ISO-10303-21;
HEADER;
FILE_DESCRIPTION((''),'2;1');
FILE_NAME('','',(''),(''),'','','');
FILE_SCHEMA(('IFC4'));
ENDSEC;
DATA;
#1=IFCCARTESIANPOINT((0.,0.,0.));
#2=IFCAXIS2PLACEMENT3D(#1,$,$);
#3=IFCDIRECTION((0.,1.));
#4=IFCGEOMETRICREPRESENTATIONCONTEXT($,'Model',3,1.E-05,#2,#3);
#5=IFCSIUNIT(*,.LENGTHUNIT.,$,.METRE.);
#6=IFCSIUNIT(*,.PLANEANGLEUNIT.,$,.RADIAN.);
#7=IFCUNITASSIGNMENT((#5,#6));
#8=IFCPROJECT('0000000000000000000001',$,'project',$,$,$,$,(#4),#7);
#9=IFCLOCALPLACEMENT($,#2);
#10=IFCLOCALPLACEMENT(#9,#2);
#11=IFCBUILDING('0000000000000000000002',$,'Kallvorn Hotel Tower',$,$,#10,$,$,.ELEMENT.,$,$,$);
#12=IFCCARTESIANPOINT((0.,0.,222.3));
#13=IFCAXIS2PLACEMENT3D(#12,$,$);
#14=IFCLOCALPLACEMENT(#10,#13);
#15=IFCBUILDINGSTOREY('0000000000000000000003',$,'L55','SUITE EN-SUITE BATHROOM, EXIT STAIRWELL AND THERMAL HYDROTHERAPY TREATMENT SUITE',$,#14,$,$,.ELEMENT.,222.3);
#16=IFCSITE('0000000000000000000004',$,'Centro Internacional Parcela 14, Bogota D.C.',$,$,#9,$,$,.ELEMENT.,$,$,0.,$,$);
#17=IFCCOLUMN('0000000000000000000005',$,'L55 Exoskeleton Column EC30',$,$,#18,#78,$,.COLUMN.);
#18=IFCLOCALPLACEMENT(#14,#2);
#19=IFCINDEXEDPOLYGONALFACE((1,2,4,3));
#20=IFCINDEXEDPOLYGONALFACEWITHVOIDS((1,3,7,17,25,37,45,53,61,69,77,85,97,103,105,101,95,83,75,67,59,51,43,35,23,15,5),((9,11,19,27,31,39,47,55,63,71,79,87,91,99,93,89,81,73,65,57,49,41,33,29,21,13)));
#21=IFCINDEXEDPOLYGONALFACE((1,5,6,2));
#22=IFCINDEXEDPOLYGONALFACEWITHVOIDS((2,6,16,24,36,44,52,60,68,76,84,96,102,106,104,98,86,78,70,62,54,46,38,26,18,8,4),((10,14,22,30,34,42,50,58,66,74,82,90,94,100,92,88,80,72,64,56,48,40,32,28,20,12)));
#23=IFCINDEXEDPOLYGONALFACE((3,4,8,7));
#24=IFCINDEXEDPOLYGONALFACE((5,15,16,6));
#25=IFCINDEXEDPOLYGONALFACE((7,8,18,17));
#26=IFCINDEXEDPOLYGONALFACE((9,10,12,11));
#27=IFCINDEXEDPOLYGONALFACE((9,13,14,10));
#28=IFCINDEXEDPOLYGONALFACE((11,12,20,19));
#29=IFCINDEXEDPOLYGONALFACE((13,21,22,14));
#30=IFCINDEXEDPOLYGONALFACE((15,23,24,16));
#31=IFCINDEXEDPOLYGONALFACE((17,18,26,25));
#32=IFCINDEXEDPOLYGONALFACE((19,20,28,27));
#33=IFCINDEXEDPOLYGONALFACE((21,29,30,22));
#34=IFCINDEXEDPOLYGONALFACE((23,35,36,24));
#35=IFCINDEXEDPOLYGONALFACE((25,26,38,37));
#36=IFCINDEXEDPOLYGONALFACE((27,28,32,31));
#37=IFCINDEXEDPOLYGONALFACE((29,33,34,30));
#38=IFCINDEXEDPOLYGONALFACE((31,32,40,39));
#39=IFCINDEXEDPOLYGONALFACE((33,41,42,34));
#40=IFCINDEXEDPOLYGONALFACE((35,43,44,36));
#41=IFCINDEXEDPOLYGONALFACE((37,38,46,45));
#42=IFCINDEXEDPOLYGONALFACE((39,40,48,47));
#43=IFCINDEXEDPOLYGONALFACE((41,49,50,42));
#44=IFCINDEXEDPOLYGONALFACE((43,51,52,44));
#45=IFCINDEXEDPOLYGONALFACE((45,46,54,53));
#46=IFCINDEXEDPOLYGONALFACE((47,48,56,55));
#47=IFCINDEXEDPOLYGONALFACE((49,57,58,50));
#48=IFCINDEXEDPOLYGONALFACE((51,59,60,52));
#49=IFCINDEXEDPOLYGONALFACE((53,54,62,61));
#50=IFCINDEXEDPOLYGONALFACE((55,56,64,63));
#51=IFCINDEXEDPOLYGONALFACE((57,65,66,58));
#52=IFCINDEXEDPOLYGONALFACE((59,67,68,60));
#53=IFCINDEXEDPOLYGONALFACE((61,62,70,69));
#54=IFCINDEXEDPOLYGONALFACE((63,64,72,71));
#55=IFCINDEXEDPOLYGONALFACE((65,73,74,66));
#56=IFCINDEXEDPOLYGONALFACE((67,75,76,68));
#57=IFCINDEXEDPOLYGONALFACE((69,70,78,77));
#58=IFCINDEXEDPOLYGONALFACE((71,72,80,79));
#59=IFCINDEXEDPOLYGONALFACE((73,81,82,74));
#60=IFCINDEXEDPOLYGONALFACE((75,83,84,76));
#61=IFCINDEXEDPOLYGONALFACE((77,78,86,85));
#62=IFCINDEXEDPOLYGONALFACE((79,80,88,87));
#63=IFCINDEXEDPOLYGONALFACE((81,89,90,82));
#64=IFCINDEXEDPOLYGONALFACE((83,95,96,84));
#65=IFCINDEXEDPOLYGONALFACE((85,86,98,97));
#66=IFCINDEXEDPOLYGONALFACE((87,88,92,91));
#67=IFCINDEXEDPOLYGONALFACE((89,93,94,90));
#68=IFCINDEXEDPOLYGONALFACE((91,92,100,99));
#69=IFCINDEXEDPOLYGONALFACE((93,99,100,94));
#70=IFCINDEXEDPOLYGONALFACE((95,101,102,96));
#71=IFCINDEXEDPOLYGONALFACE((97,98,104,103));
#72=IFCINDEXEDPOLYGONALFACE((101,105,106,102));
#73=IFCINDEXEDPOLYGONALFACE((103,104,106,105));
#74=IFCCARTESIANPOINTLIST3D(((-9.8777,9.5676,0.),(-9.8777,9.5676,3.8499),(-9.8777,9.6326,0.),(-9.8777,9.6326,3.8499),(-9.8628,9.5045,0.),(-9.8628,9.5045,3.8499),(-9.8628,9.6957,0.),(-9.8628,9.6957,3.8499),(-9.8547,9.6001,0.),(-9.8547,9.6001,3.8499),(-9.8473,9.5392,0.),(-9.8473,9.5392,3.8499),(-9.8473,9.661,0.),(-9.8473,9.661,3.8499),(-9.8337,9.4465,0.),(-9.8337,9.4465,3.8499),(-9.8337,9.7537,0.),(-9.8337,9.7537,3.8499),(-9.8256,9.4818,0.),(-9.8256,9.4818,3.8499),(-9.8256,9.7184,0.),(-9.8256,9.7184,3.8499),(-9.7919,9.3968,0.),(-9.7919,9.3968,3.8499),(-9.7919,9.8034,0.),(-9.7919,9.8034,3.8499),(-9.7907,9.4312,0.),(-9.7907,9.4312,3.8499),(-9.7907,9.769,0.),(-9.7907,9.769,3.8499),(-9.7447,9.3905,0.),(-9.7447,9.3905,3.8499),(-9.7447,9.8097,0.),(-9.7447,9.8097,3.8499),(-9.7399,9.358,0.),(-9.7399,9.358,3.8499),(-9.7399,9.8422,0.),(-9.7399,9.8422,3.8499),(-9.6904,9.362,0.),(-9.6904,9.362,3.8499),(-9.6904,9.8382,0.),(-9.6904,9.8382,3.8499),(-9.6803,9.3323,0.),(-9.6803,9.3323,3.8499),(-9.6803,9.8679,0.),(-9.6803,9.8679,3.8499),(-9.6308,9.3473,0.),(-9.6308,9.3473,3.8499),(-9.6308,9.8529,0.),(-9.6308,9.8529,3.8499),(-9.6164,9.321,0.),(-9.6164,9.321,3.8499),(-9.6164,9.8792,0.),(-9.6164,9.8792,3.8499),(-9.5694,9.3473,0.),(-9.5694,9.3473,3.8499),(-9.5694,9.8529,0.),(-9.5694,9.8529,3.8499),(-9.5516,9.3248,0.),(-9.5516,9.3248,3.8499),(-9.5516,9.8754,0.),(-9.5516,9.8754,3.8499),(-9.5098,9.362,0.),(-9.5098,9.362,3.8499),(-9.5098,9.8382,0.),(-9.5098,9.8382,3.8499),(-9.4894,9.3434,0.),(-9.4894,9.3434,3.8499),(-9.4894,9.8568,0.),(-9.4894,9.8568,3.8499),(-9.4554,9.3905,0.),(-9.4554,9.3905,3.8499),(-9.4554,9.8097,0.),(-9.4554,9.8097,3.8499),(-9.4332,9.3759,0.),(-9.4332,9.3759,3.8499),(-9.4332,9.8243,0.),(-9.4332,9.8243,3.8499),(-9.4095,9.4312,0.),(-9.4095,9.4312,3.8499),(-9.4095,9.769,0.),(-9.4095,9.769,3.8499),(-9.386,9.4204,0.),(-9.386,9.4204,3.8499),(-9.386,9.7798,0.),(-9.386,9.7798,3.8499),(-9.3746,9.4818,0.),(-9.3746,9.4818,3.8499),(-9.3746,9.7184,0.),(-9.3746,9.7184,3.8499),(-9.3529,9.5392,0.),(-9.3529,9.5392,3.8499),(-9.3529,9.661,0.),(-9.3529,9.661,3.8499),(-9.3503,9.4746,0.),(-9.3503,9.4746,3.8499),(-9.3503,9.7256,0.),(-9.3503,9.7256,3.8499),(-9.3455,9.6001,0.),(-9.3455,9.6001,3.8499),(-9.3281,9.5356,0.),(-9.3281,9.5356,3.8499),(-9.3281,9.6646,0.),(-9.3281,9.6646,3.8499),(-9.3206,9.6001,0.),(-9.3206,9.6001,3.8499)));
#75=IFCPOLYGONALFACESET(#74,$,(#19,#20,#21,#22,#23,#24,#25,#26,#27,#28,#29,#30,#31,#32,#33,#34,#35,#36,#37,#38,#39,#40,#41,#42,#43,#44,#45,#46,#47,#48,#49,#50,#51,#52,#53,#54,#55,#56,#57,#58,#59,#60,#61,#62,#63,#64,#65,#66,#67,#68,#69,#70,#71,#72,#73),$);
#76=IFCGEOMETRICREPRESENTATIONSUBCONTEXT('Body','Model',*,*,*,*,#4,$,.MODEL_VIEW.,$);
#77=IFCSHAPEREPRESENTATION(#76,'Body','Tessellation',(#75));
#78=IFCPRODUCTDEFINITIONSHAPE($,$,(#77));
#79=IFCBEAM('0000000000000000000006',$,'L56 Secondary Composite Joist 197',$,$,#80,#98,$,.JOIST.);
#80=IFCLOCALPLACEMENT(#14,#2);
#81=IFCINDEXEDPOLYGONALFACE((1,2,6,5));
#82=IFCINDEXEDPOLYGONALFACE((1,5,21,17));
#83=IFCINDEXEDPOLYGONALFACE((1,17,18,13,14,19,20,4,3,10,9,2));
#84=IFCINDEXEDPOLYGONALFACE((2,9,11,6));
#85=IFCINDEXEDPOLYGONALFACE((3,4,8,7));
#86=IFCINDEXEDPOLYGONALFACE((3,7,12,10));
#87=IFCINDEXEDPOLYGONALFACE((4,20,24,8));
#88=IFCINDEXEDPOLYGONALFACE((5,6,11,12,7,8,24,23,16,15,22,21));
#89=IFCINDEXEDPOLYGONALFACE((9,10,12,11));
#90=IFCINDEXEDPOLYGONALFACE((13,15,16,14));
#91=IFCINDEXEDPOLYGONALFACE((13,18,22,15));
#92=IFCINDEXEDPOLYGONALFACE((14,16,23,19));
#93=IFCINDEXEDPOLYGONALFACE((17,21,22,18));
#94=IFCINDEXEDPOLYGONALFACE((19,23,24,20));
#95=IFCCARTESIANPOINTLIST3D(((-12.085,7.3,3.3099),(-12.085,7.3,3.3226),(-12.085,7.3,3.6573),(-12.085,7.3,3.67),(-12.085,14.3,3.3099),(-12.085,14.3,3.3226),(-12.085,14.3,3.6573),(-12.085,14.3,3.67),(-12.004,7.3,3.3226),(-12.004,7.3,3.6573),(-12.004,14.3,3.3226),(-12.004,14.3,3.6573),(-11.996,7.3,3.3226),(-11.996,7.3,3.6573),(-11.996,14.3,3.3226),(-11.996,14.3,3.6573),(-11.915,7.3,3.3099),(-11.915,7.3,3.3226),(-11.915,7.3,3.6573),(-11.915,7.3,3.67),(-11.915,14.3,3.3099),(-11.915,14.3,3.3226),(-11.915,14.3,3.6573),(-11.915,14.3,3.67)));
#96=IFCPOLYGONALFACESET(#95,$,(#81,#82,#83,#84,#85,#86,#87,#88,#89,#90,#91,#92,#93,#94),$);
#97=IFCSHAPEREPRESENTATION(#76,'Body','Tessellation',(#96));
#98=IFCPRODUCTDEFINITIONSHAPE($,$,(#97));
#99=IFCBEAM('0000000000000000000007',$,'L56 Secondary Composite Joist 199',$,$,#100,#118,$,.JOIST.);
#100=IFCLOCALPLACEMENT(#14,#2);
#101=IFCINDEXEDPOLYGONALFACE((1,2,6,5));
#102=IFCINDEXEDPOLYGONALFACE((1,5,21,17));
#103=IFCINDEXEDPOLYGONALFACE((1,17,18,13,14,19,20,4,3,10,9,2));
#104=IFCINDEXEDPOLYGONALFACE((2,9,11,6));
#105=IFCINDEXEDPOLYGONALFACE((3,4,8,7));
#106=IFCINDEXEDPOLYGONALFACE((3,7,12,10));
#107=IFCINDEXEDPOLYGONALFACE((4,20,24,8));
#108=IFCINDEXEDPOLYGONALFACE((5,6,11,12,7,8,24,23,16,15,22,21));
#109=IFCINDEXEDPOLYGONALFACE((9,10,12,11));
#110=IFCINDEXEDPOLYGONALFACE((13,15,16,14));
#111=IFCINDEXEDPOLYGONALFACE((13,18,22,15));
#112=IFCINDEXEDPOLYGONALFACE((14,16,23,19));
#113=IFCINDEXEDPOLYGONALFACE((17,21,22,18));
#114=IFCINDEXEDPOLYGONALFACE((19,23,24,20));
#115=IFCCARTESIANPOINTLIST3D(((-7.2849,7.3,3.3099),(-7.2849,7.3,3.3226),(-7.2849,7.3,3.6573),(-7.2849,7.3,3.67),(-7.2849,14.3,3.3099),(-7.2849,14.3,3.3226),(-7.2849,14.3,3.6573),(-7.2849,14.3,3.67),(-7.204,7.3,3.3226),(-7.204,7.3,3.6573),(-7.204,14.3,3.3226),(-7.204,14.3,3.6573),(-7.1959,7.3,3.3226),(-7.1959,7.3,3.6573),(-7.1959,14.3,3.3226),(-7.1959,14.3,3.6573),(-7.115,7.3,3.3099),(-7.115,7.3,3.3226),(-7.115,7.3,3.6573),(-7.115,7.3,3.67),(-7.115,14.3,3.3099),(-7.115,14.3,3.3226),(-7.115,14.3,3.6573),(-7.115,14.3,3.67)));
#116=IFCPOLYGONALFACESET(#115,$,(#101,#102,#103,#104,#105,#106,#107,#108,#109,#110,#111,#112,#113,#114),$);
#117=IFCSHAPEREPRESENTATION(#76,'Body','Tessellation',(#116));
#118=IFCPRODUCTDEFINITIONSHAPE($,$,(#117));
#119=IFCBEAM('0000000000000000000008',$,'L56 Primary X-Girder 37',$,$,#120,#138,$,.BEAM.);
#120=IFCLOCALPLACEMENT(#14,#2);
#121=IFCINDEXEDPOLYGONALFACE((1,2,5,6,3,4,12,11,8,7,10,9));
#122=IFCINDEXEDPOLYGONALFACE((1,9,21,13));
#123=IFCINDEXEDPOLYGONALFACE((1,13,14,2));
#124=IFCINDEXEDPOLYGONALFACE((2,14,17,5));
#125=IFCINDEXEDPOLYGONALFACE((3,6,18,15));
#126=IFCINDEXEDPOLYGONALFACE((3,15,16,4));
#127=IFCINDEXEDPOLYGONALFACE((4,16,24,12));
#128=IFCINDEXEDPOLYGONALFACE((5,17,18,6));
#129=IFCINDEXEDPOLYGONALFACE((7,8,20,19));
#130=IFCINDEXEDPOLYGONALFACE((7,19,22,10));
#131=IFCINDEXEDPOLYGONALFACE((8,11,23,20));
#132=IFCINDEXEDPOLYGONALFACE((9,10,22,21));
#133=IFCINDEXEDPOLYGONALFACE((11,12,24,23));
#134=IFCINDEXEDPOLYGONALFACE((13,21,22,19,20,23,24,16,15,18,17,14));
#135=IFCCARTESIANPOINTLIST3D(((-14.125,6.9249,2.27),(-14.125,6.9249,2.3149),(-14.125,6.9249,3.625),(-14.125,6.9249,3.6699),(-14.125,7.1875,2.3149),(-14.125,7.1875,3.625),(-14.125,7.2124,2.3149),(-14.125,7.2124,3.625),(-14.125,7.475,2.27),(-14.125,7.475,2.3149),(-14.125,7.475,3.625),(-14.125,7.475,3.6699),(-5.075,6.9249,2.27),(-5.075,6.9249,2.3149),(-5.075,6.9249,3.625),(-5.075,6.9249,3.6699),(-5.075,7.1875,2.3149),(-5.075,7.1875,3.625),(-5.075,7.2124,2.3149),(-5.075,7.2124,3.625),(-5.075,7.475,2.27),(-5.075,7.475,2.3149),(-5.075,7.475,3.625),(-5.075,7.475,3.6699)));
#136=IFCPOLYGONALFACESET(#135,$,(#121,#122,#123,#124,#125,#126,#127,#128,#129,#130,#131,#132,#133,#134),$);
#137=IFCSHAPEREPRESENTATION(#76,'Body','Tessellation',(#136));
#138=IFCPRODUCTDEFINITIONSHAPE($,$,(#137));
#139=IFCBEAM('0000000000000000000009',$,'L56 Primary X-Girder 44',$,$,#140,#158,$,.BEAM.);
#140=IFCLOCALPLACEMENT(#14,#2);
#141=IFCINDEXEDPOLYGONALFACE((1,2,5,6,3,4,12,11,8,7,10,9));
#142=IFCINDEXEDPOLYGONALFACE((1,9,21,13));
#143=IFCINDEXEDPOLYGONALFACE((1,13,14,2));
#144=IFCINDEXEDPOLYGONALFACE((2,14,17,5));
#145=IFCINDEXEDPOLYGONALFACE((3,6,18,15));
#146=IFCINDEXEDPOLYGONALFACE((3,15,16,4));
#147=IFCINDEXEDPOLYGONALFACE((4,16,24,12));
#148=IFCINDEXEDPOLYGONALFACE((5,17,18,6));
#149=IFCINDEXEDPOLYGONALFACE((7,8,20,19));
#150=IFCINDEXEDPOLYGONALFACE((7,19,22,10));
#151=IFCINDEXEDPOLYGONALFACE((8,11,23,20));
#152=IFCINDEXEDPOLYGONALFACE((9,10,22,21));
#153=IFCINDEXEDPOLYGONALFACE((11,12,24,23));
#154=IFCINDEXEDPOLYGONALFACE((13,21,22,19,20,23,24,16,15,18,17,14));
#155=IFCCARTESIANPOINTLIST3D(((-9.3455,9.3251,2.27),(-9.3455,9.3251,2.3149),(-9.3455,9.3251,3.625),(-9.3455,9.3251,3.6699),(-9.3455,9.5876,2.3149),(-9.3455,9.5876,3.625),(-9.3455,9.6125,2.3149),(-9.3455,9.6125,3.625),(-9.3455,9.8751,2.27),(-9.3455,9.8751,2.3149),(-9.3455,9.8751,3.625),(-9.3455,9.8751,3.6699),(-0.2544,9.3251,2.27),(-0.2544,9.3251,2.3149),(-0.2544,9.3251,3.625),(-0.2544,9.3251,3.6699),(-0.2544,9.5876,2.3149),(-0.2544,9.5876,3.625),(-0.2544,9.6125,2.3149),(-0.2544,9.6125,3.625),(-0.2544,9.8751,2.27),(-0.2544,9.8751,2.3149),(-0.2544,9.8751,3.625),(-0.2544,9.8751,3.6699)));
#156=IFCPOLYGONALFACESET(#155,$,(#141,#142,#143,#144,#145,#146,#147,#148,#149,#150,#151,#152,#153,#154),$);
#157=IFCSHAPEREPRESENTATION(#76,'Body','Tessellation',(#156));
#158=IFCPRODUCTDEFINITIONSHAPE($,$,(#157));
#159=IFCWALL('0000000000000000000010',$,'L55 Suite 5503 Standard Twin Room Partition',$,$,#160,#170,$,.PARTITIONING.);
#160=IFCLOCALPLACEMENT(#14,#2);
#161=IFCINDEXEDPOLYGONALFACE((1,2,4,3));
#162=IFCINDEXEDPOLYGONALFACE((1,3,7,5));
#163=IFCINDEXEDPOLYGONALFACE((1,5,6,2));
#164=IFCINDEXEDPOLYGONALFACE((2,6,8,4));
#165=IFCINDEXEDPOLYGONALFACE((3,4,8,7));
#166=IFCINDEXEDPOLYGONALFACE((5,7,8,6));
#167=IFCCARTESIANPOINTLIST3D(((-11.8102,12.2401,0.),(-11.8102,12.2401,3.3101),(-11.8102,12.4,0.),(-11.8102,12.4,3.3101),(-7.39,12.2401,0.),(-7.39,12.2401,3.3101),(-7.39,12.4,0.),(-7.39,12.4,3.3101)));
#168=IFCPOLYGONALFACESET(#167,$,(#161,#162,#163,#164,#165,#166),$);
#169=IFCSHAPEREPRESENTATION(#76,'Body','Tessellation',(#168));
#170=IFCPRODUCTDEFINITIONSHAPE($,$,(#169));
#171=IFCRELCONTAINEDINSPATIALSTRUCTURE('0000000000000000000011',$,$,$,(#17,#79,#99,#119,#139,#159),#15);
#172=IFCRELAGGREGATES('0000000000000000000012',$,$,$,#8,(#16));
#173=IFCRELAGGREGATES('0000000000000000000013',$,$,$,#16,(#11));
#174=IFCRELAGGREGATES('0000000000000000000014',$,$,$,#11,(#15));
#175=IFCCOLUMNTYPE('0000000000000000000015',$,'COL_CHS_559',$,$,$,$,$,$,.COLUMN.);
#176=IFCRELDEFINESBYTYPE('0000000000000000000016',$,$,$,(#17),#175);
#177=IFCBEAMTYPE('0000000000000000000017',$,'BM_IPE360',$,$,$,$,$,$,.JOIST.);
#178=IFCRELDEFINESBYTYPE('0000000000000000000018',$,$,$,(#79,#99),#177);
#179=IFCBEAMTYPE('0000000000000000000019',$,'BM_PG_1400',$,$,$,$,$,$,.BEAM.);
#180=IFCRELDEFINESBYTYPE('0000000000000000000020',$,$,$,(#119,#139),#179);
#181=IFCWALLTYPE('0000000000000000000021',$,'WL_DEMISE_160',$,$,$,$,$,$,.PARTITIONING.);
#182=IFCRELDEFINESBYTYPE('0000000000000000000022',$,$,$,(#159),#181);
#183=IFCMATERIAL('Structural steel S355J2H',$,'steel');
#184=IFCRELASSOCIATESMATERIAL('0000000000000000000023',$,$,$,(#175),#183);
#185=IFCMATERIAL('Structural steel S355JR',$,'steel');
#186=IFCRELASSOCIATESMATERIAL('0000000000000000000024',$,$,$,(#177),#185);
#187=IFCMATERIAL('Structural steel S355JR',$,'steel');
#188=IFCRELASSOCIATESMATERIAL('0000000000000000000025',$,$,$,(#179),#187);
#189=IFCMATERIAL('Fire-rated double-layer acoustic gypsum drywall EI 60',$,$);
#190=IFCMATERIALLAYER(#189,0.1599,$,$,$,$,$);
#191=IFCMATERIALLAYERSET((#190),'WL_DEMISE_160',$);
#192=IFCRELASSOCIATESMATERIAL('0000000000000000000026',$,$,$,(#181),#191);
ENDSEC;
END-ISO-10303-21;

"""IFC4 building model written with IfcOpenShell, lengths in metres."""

from ifc_helpers import new_model, si_unit, direction, frame, frame_2d, origin, origin_2d, place, context, subcontext, project, spatial, rectangle, hollow_circle, i_section, extrude, material, layer, layer_set, material_profile, profile_set, type_object, element, save


model = new_model("IFC4")

# Units and contexts
model_context = context("Model", 3, precision=1e-05, world=origin(), true_north=direction((0.0, 1.0)))
body_context = subcontext(model_context, "Body", "Model", "MODEL_VIEW")
ifc_project = project(units=[si_unit("LENGTHUNIT", "METRE"), si_unit("PLANEANGLEUNIT", "RADIAN")], contexts=[model_context])

# Site, building, storey
site_placement = place(None, origin())
site = spatial("IfcSite", under=ifc_project, at=site_placement, Name="Centro Internacional Parcela 14, Bogota D.C.", CompositionType="ELEMENT", RefElevation=0.0)
building_placement = place(site_placement, origin())
building = spatial("IfcBuilding", under=site, at=building_placement, Name="Kallvorn Hotel Tower", CompositionType="ELEMENT")
storey_placement = place(building_placement, frame((0.0, 0.0, 222.3)))
storey = spatial("IfcBuildingStorey", under=building, at=storey_placement, Name="L55", Description="SUITE EN-SUITE BATHROOM, EXIT STAIRWELL AND THERMAL HYDROTHERAPY TREATMENT SUITE", CompositionType="ELEMENT", Elevation=222.3)

# Column
ifc_material_1 = material(Name="Structural steel S355J2H", Category="steel")
ifc_material_profile_1 = material_profile(ifc_material_1, hollow_circle(Radius=0.2795, WallThickness=0.0249, at=origin_2d()), Name="CHS 559x25")
ifc_profile_set_1 = profile_set([ifc_material_profile_1], Name="Structural steel S355J2H")
column_type = type_object("IfcColumnType", Name="COL_CHS_559", PredefinedType="COLUMN", material=ifc_profile_set_1)
column_placement = place(storey_placement, frame((-9.6001, 9.6001, 0.0), z_axis=(0.0, 0.0, 1.0), x_axis=(1.0, 0.0, 0.0)))
element("IfcColumn", 1, at=column_placement, inside=storey, type_object=column_type, Name="L55 Exoskeleton Column EC30", PredefinedType="COLUMN", context=body_context, shape_type="SweptSolid", body=[
    extrude(hollow_circle(Radius=0.2795, WallThickness=0.0249, at=origin_2d()), origin(), (0.0, 0.0, 1.0), 3.8499),
])

# Beams
ifc_material_2 = material(Name="Structural steel S355JR", Category="steel")
ifc_material_profile_2 = material_profile(ifc_material_2, i_section(OverallWidth=0.1699, OverallDepth=0.3601, WebThickness=0.0081, FlangeThickness=0.0127, at=origin_2d()), Name="IPE 360")
ifc_profile_set_2 = profile_set([ifc_material_profile_2], Name="Structural steel S355JR")
beam_type_1 = type_object("IfcBeamType", Name="BM_IPE360", PredefinedType="JOIST", material=ifc_profile_set_2)
for number, where, z_axis, x_axis, name in (
    (2, (-12.0, 7.3, 3.49), (0.0, 1.0, 0.0), (-1.0, 0.0, 0.0), "L56 Secondary Composite Joist 197"),
    (3, (-7.2, 7.3, 3.49), (0.0, 1.0, 0.0), (-1.0, 0.0, 0.0), "L56 Secondary Composite Joist 199"),
):
    element("IfcBeam", number, at=place(storey_placement, frame(where, z_axis=z_axis, x_axis=x_axis)), inside=storey, type_object=beam_type_1, Name=name, PredefinedType="JOIST", context=body_context, shape_type="SweptSolid", body=[
        extrude(i_section(OverallWidth=0.1699, OverallDepth=0.3601, WebThickness=0.0081, FlangeThickness=0.0127, at=origin_2d()), origin(), (0.0, 0.0, 1.0), 7.0),
    ])
ifc_material_3 = material(Name="Structural steel S355JR", Category="steel")
ifc_material_profile_3 = material_profile(ifc_material_3, i_section(OverallWidth=0.55, OverallDepth=1.3999, WebThickness=0.0249, FlangeThickness=0.0449, at=origin_2d()), Name="PG 1400x550x25x45")
ifc_profile_set_3 = profile_set([ifc_material_profile_3], Name="Structural steel S355JR")
beam_type_2 = type_object("IfcBeamType", Name="BM_PG_1400", PredefinedType="BEAM", material=ifc_profile_set_3)
beam_1_placement = place(storey_placement, frame((-14.125, 7.2, 2.97), z_axis=(1.0, 0.0, 0.0), x_axis=(0.0, 1.0, 0.0)))
element("IfcBeam", 4, at=beam_1_placement, inside=storey, type_object=beam_type_2, Name="L56 Primary X-Girder 37", PredefinedType="BEAM", context=body_context, shape_type="SweptSolid", body=[
    extrude(i_section(OverallWidth=0.55, OverallDepth=1.3999, WebThickness=0.0249, FlangeThickness=0.0449, at=origin_2d()), origin(), (0.0, 0.0, 1.0), 9.05),
])
beam_2_placement = place(storey_placement, frame((-9.3455, 9.6001, 2.97), z_axis=(1.0, 0.0, 0.0), x_axis=(0.0, 1.0, 0.0)))
element("IfcBeam", 5, at=beam_2_placement, inside=storey, type_object=beam_type_2, Name="L56 Primary X-Girder 44", PredefinedType="BEAM", context=body_context, shape_type="SweptSolid", body=[
    extrude(i_section(OverallWidth=0.55, OverallDepth=1.3999, WebThickness=0.0249, FlangeThickness=0.0449, at=origin_2d()), origin(), (0.0, 0.0, 1.0), 9.0911),
])

# Wall
ifc_material_4 = material(Name="Fire-rated double-layer acoustic gypsum drywall EI 60")
ifc_layer_1 = layer(ifc_material_4, 0.1599)
ifc_layer_set_1 = layer_set([ifc_layer_1], Name="WL_DEMISE_160")
wall_type_1 = type_object("IfcWallType", Name="WL_DEMISE_160", PredefinedType="PARTITIONING", material=ifc_layer_set_1)
wall_1_placement = place(storey_placement, frame((-11.8101, 12.3201, 0.0), z_axis=(0.0, 0.0, 1.0), x_axis=(1.0, 0.0, 0.0)))
element("IfcWall", 6, at=wall_1_placement, inside=storey, type_object=wall_type_1, Name="L55 Suite 5503 Standard Twin Room Partition", PredefinedType="PARTITIONING", context=body_context, shape_type="SweptSolid", body=[
    extrude(rectangle(XDim=4.4202, YDim=0.1599, at=frame_2d((2.21, 0.0))), origin(), (0.0, 0.0, 1.0), 3.3101),
])

save(model, "model.ifc")
